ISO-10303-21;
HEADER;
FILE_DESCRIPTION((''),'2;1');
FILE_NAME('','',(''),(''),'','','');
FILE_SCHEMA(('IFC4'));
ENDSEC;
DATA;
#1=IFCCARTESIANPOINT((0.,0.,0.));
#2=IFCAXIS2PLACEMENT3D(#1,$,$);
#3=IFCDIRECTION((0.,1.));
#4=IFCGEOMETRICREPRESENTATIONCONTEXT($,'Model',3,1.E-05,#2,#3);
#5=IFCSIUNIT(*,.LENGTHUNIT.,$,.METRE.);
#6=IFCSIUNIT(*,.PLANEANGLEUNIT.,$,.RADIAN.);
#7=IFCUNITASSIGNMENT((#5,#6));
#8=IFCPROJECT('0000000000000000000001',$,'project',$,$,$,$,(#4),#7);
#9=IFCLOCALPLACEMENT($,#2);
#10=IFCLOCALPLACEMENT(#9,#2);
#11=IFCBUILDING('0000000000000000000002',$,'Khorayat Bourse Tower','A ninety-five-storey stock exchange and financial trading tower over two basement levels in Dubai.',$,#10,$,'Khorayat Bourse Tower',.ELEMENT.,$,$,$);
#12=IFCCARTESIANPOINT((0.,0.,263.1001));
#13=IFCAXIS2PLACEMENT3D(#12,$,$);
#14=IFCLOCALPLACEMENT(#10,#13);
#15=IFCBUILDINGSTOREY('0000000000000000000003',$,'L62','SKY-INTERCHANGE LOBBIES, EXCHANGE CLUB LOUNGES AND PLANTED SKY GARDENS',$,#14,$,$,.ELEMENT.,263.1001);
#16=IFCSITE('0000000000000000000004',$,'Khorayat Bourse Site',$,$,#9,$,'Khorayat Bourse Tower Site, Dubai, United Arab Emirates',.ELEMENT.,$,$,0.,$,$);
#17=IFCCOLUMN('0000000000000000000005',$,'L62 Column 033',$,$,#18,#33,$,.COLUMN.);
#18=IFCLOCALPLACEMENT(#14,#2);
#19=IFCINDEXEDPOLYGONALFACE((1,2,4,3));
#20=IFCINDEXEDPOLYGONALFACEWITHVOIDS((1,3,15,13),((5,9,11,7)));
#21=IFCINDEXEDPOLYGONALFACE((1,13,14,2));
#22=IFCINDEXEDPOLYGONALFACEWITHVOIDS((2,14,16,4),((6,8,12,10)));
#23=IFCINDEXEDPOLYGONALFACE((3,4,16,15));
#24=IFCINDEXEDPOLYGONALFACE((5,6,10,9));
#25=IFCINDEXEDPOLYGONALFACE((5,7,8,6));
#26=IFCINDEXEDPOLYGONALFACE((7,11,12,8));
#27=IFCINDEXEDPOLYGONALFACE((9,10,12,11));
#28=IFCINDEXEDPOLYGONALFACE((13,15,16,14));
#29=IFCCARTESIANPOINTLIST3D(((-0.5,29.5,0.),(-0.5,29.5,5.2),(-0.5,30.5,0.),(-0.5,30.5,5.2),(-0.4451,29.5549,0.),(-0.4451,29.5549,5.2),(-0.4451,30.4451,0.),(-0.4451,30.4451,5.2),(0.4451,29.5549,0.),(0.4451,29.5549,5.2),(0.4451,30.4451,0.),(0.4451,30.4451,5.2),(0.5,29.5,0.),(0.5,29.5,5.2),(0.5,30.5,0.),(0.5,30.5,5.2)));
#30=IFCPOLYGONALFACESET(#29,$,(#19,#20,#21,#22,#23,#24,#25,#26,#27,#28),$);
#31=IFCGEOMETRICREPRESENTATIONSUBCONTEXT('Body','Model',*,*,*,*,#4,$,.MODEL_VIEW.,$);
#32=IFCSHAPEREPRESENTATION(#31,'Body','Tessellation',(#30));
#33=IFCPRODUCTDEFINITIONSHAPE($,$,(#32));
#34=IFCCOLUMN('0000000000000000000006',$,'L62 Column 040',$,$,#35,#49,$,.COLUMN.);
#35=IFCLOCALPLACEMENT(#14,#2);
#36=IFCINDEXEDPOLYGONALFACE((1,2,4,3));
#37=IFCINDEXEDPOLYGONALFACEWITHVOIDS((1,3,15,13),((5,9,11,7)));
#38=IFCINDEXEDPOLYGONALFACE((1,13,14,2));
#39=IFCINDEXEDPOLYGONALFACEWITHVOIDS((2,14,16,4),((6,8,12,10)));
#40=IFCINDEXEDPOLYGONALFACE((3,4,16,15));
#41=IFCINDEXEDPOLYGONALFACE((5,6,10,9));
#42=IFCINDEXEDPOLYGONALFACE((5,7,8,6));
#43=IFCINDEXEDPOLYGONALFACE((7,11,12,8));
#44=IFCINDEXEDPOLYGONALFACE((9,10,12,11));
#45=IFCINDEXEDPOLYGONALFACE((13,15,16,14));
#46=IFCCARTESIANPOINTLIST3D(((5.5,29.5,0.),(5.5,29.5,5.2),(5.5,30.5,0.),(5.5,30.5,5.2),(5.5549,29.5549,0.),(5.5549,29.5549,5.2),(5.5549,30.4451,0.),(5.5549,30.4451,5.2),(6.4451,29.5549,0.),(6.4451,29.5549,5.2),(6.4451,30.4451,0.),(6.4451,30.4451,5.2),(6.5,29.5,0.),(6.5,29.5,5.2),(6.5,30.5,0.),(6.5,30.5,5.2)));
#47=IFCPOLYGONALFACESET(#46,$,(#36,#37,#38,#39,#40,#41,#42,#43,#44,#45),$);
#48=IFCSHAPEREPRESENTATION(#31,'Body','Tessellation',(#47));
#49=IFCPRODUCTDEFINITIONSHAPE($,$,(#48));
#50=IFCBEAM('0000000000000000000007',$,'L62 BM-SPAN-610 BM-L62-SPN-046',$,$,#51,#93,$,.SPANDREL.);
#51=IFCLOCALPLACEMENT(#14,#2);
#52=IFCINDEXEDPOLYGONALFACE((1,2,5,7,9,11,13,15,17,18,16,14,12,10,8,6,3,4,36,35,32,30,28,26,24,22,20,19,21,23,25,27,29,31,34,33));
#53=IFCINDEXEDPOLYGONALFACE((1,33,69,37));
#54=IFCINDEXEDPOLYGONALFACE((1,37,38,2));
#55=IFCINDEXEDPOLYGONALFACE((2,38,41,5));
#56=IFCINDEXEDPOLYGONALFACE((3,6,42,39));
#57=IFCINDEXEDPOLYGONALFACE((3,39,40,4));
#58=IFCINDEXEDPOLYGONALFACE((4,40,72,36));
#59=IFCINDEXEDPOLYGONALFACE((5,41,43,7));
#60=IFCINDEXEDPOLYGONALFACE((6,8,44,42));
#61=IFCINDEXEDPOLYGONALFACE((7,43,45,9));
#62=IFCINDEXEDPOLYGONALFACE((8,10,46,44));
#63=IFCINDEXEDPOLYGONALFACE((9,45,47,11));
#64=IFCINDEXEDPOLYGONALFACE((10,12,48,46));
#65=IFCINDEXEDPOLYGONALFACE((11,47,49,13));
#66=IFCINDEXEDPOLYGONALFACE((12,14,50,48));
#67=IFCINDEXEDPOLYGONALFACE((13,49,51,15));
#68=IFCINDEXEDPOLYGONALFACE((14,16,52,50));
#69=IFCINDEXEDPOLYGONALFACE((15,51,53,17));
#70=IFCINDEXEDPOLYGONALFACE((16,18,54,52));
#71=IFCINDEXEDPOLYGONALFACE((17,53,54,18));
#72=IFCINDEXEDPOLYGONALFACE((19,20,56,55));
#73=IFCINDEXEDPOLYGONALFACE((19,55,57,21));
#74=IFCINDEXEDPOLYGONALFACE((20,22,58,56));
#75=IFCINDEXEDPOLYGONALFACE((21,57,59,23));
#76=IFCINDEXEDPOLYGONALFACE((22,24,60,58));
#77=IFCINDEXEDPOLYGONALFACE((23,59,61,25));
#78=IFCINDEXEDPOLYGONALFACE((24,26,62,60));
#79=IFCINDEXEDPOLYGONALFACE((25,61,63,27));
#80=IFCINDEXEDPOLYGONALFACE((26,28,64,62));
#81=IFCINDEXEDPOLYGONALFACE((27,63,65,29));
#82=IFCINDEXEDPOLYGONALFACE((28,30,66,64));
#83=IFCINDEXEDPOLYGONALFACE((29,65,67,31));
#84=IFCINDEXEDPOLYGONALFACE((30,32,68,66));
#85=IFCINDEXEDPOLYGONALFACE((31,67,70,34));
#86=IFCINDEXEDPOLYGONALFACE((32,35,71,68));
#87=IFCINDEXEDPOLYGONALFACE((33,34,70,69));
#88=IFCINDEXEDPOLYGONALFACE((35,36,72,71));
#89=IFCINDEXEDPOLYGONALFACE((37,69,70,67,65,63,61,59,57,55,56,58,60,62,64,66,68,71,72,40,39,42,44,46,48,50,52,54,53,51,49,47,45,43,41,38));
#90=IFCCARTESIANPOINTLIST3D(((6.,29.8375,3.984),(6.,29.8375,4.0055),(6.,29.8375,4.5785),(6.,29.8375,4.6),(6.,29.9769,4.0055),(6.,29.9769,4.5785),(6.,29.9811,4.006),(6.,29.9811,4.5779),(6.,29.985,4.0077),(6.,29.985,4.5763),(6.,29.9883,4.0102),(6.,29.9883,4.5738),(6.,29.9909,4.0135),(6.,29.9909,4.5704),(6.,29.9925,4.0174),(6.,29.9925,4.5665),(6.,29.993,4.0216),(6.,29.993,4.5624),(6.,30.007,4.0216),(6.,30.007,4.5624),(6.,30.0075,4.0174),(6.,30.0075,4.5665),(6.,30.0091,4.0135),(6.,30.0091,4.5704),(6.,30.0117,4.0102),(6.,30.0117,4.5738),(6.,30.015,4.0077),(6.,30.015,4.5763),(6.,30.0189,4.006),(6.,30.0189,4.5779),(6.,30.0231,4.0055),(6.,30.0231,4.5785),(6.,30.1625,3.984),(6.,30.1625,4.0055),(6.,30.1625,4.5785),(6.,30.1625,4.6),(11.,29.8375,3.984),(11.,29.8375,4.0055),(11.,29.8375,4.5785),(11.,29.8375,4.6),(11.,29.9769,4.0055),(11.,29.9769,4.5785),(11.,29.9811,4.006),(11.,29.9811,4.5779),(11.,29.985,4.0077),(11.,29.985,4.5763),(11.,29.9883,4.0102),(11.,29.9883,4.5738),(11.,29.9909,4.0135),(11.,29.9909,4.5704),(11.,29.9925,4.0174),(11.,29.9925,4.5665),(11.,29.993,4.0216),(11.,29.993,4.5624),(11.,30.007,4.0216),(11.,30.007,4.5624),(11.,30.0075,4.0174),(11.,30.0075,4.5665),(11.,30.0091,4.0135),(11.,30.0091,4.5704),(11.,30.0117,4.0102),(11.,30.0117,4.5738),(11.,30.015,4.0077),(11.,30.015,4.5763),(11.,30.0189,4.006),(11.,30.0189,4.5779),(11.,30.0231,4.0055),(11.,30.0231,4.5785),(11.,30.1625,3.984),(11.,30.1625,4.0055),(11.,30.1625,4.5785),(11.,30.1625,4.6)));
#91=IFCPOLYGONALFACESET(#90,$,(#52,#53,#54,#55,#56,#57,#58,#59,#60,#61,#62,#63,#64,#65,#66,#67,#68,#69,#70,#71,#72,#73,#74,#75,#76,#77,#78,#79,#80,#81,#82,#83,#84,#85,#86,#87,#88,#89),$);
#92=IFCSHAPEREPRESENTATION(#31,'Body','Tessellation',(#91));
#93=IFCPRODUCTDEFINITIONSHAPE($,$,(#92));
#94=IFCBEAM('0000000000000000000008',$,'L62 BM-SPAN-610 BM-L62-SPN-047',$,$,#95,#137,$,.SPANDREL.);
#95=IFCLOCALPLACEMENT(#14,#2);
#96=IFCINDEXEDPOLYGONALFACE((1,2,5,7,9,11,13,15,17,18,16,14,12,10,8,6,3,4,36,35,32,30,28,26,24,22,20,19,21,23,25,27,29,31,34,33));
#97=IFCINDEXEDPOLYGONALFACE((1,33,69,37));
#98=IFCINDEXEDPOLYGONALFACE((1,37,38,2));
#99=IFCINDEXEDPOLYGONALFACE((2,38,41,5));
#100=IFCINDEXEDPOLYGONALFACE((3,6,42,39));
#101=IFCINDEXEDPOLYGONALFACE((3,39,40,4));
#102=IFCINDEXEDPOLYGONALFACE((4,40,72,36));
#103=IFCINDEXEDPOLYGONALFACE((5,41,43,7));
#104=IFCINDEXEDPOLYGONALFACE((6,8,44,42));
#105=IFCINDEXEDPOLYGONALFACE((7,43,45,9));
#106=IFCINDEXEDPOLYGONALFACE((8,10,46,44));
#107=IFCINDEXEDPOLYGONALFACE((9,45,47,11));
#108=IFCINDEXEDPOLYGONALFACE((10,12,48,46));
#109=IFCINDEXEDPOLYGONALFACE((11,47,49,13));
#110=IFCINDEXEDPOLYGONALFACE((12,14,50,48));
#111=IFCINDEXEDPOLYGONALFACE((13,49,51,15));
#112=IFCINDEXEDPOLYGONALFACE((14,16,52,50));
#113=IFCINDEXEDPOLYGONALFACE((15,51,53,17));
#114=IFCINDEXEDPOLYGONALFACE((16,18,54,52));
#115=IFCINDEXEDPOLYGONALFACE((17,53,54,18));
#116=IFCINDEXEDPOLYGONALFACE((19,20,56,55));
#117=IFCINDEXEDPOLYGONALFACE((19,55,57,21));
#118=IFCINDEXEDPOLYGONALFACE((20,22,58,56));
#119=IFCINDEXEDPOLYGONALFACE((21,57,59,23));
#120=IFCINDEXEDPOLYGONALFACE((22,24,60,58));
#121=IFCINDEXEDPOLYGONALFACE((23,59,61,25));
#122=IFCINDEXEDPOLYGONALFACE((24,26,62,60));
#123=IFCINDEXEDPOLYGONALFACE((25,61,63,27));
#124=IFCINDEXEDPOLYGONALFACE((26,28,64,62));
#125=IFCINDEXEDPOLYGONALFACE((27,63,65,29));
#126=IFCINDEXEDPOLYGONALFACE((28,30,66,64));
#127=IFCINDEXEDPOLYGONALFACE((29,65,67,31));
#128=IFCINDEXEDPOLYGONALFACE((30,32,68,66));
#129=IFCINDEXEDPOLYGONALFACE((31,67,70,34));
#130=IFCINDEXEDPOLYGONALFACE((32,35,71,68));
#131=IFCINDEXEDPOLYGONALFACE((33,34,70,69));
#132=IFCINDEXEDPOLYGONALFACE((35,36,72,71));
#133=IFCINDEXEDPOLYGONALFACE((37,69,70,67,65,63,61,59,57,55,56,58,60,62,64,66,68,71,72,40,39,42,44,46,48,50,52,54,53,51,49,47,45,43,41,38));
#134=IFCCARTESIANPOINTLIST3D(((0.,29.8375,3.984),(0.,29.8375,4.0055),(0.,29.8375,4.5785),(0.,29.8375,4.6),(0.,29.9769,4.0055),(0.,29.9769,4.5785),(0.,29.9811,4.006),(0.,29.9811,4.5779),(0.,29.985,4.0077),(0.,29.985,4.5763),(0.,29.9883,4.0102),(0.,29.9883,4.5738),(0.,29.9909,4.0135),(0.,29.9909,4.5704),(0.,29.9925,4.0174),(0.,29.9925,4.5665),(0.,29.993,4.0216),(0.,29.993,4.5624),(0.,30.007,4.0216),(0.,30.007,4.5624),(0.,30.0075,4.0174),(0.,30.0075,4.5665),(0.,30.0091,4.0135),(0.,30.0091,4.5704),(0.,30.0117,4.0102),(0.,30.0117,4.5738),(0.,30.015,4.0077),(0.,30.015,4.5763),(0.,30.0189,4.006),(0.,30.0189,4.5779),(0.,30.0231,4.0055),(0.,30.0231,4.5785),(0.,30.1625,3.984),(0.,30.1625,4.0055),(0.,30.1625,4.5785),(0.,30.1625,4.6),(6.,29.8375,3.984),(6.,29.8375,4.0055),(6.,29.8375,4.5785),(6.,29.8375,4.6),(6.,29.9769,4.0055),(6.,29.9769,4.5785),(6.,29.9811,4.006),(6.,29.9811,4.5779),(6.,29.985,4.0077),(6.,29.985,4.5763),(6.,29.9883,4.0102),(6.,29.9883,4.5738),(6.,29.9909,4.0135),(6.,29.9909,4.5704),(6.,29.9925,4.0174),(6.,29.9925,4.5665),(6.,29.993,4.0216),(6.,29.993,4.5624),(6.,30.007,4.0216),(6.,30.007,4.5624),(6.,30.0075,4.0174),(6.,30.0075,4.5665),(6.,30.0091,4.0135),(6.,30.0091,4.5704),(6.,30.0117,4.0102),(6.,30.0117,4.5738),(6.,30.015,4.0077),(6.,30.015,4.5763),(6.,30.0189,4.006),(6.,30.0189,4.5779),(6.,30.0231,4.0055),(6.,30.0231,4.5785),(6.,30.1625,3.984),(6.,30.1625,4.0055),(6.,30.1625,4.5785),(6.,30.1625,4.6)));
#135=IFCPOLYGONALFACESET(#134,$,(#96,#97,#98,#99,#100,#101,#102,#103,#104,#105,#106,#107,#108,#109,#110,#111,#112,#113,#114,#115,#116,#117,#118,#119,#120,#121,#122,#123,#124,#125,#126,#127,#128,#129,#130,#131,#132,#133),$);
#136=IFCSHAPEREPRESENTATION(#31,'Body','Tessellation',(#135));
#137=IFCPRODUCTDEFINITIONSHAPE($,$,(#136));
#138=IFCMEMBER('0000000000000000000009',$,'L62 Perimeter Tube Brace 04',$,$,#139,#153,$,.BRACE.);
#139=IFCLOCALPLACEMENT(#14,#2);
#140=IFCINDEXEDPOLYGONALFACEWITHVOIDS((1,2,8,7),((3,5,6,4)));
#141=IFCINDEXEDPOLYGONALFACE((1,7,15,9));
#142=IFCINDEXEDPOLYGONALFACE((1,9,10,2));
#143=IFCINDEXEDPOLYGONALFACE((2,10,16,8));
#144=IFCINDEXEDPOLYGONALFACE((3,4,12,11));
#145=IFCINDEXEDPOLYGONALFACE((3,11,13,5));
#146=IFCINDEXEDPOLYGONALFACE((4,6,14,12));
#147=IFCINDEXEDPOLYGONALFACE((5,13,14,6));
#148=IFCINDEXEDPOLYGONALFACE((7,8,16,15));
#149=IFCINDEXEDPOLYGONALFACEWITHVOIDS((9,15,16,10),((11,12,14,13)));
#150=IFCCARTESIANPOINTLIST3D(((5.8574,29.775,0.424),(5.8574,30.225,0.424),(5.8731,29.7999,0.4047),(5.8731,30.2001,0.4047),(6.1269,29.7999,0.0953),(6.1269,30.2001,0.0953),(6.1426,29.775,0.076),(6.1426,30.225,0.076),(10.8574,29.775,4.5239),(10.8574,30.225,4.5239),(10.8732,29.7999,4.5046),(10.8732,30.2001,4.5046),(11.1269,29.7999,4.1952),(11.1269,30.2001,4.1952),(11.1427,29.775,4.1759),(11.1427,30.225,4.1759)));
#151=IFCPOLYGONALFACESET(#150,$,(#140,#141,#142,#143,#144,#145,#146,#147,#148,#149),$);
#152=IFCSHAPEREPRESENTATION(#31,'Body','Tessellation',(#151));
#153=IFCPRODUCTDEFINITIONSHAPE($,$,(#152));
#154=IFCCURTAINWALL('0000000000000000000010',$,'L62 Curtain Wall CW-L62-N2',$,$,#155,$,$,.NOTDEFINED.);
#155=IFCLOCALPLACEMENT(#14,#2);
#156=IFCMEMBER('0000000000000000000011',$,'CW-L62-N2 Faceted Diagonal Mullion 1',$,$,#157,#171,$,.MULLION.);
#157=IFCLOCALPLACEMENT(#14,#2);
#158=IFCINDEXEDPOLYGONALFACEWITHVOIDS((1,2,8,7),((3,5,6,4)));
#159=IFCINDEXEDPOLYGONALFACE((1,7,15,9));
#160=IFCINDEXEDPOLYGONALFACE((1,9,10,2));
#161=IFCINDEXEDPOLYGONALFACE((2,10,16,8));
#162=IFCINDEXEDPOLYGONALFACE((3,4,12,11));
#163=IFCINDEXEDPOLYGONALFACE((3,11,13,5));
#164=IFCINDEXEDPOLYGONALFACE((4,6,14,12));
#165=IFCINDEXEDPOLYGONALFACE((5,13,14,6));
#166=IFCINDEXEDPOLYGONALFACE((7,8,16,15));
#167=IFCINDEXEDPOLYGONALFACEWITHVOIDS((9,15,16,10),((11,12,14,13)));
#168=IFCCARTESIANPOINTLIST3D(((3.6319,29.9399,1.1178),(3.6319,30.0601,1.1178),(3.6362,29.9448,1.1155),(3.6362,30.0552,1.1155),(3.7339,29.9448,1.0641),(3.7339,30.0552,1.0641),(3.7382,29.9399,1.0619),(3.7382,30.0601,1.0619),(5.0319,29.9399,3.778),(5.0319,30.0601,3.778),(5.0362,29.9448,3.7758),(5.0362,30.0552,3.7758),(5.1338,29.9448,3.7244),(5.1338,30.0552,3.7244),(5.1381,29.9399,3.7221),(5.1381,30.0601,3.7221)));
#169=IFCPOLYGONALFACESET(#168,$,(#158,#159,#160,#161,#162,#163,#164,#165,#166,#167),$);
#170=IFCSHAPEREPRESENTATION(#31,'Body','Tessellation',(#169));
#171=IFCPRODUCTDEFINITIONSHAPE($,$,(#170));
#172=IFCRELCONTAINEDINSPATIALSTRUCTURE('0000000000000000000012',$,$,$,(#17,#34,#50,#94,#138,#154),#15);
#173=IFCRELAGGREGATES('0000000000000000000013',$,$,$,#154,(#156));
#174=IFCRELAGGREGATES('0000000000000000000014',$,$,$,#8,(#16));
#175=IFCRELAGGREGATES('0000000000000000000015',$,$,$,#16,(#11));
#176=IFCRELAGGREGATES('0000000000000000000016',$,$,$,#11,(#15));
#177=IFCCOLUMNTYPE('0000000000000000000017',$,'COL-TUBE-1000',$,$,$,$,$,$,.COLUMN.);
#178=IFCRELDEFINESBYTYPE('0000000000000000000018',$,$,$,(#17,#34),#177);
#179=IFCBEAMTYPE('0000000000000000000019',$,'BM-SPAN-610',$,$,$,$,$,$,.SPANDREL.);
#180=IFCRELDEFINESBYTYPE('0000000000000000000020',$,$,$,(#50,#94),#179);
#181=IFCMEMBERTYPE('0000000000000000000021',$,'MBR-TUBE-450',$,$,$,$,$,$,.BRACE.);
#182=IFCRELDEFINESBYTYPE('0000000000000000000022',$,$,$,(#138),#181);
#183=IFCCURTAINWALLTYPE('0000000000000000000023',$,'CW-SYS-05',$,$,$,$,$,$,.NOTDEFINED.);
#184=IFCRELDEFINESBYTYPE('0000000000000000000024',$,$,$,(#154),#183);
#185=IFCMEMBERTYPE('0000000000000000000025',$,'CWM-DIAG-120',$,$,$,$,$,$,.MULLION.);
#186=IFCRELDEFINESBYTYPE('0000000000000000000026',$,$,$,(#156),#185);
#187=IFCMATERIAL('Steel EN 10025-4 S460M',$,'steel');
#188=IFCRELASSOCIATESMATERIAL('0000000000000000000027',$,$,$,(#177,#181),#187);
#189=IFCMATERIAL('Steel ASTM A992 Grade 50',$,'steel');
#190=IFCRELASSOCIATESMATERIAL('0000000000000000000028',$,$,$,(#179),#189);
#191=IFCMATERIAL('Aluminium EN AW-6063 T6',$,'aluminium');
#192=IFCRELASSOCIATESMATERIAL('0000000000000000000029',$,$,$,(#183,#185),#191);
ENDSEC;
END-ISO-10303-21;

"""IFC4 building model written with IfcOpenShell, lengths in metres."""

from ifc_helpers import new_model, si_unit, direction, frame, origin, origin_2d, place, context, subcontext, project, spatial, hollow_rectangle, i_section, extrude, source, transform, mapped, material, material_profile, profile_set, type_object, element, aggregate, save


model = new_model("IFC4")

# Units and contexts
model_context = context("Model", 3, precision=1e-05, world=origin(), true_north=direction((0.0, 1.0)))
body_context = subcontext(model_context, "Body", "Model", "MODEL_VIEW")
ifc_project = project(units=[si_unit("LENGTHUNIT", "METRE"), si_unit("PLANEANGLEUNIT", "RADIAN")], contexts=[model_context])

# Site, building, storey
site_placement = place(None, origin())
site = spatial("IfcSite", under=ifc_project, at=site_placement, Name="Khorayat Bourse Site", LongName="Khorayat Bourse Tower Site, Dubai, United Arab Emirates", CompositionType="ELEMENT", RefElevation=0.0)
building_placement = place(site_placement, origin())
building = spatial("IfcBuilding", under=site, at=building_placement, Name="Khorayat Bourse Tower", Description="A ninety-five-storey stock exchange and financial trading tower over two basement levels in Dubai.", LongName="Khorayat Bourse Tower", CompositionType="ELEMENT")
storey_placement = place(building_placement, frame((0.0, 0.0, 263.1001)))
storey = spatial("IfcBuildingStorey", under=building, at=storey_placement, Name="L62", Description="SKY-INTERCHANGE LOBBIES, EXCHANGE CLUB LOUNGES AND PLANTED SKY GARDENS", CompositionType="ELEMENT", Elevation=263.1001)

# Columns
ifc_material_1 = material(Name="Steel EN 10025-4 S460M", Category="steel")
ifc_material_profile_1 = material_profile(ifc_material_1, hollow_rectangle(XDim=1.0, YDim=1.0, WallThickness=0.0549, at=origin_2d()), Name="BOX 1000x1000x55")
ifc_profile_set_1 = profile_set([ifc_material_profile_1], Name="Steel EN 10025-4 S460M")
column_type = type_object("IfcColumnType", Name="COL-TUBE-1000", PredefinedType="COLUMN", material=ifc_profile_set_1)
shared_shape_1 = source(origin(), body_context, "Body", "SweptSolid", [
    extrude(hollow_rectangle(XDim=1.0, YDim=1.0, WallThickness=0.0549, at=origin_2d()), origin(), (0.0, 0.0, 1.0), 5.2),
])
for number, where, z_axis, x_axis, name in (
    (1, (0.0, 30.0, 0.0), (0.0, 0.0, 1.0), (1.0, 0.0, 0.0), "L62 Column 033"),
    (2, (6.0, 30.0, 0.0), (0.0, 0.0, 1.0), (1.0, 0.0, 0.0), "L62 Column 040"),
):
    element("IfcColumn", number, at=place(storey_placement, frame(where, z_axis=z_axis, x_axis=x_axis)), inside=storey, type_object=column_type, Name=name, PredefinedType="COLUMN", context=body_context, shape_type="MappedRepresentation", body=[
        mapped(shared_shape_1, transform((0.0, 0.0, 0.0), scale=1.0)),
    ])

# Beams
ifc_material_2 = material(Name="Steel ASTM A992 Grade 50", Category="steel")
ifc_material_profile_2 = material_profile(ifc_material_2, i_section(OverallWidth=0.325, OverallDepth=0.616, WebThickness=0.0139, FlangeThickness=0.0215, FilletRadius=0.0161, at=origin_2d()), Name="W610X174")
ifc_profile_set_2 = profile_set([ifc_material_profile_2], Name="Steel ASTM A992 Grade 50")
beam_type = type_object("IfcBeamType", Name="BM-SPAN-610", PredefinedType="SPANDREL", material=ifc_profile_set_2)
shared_shape_2 = source(origin(), body_context, "Body", "SweptSolid", [
    extrude(i_section(OverallWidth=0.325, OverallDepth=0.616, WebThickness=0.0139, FlangeThickness=0.0215, FilletRadius=0.0161, at=origin_2d()), origin(), (0.0, 0.0, 1.0), 5.0),
])
beam_1_placement = place(storey_placement, frame((6.0, 30.0, 4.292), z_axis=(1.0, 0.0, 0.0), x_axis=(0.0, 1.0, 0.0)))
element("IfcBeam", 3, at=beam_1_placement, inside=storey, type_object=beam_type, Name="L62 BM-SPAN-610 BM-L62-SPN-046", PredefinedType="SPANDREL", context=body_context, shape_type="MappedRepresentation", body=[
    mapped(shared_shape_2, transform((0.0, 0.0, 0.0), scale=1.0)),
])
shared_shape_3 = source(origin(), body_context, "Body", "SweptSolid", [
    extrude(i_section(OverallWidth=0.325, OverallDepth=0.616, WebThickness=0.0139, FlangeThickness=0.0215, FilletRadius=0.0161, at=origin_2d()), origin(), (0.0, 0.0, 1.0), 6.0),
])
beam_2_placement = place(storey_placement, frame((0.0, 30.0, 4.292), z_axis=(1.0, 0.0, 0.0), x_axis=(0.0, 1.0, 0.0)))
element("IfcBeam", 4, at=beam_2_placement, inside=storey, type_object=beam_type, Name="L62 BM-SPAN-610 BM-L62-SPN-047", PredefinedType="SPANDREL", context=body_context, shape_type="MappedRepresentation", body=[
    mapped(shared_shape_3, transform((0.0, 0.0, 0.0), scale=1.0)),
])

# Member
ifc_material_profile_3 = material_profile(ifc_material_1, hollow_rectangle(XDim=0.45, YDim=0.45, WallThickness=0.0249, at=origin_2d()), Name="HSS 450x450x25")
ifc_profile_set_3 = profile_set([ifc_material_profile_3], Name="Steel EN 10025-4 S460M")
member_type_1 = type_object("IfcMemberType", Name="MBR-TUBE-450", PredefinedType="BRACE", material=ifc_profile_set_3)
shared_shape_4 = source(origin(), body_context, "Body", "SweptSolid", [
    extrude(hollow_rectangle(XDim=0.45, YDim=0.45, WallThickness=0.0249, at=origin_2d()), origin(), (0.0, 0.0, 1.0), 6.4661),
])
member_1_placement = place(storey_placement, frame((6.0, 30.0, 0.25), z_axis=(0.773279, 0.0, 0.634066), x_axis=(0.0, 1.0, 0.0)))
element("IfcMember", 5, at=member_1_placement, inside=storey, type_object=member_type_1, Name="L62 Perimeter Tube Brace 04", PredefinedType="BRACE", context=body_context, shape_type="MappedRepresentation", body=[
    mapped(shared_shape_4, transform((0.0, 0.0, 0.0), scale=1.0)),
])

# Curtain wall, member
ifc_material_3 = material(Name="Aluminium EN AW-6063 T6", Category="aluminium")
curtain_wall_type = type_object("IfcCurtainWallType", Name="CW-SYS-05", PredefinedType="NOTDEFINED", material=ifc_material_3)
curtain_wall_placement = place(storey_placement, origin())
curtain_wall = element("IfcCurtainWall", 6, at=curtain_wall_placement, inside=storey, type_object=curtain_wall_type, Name="L62 Curtain Wall CW-L62-N2", PredefinedType="NOTDEFINED")
ifc_material_profile_4 = material_profile(ifc_material_3, hollow_rectangle(XDim=0.1201, YDim=0.1201, WallThickness=0.0049, at=origin_2d()), Name="ALU 120x120x5")
ifc_profile_set_4 = profile_set([ifc_material_profile_4], Name="Aluminium EN AW-6063 T6")
member_type_2 = type_object("IfcMemberType", Name="CWM-DIAG-120", PredefinedType="MULLION", material=ifc_profile_set_4)
shared_shape_5 = source(origin(), body_context, "Body", "SweptSolid", [
    extrude(hollow_rectangle(XDim=0.1201, YDim=0.1201, WallThickness=0.0049, at=origin_2d()), origin(), (0.0, 0.0, 1.0), 3.0061),
])
member_2_placement = place(storey_placement, frame((3.6851, 30.0, 1.0898), z_axis=(0.4657, 0.0, 0.884943), x_axis=(0.0, 1.0, 0.0)))
member_2 = element("IfcMember", 7, at=member_2_placement, type_object=member_type_2, Name="CW-L62-N2 Faceted Diagonal Mullion 1", PredefinedType="MULLION", context=body_context, shape_type="MappedRepresentation", body=[
    mapped(shared_shape_5, transform((0.0, 0.0, 0.0), scale=1.0)),
])

aggregate(curtain_wall, [member_2])

save(model, "model.ifc")
